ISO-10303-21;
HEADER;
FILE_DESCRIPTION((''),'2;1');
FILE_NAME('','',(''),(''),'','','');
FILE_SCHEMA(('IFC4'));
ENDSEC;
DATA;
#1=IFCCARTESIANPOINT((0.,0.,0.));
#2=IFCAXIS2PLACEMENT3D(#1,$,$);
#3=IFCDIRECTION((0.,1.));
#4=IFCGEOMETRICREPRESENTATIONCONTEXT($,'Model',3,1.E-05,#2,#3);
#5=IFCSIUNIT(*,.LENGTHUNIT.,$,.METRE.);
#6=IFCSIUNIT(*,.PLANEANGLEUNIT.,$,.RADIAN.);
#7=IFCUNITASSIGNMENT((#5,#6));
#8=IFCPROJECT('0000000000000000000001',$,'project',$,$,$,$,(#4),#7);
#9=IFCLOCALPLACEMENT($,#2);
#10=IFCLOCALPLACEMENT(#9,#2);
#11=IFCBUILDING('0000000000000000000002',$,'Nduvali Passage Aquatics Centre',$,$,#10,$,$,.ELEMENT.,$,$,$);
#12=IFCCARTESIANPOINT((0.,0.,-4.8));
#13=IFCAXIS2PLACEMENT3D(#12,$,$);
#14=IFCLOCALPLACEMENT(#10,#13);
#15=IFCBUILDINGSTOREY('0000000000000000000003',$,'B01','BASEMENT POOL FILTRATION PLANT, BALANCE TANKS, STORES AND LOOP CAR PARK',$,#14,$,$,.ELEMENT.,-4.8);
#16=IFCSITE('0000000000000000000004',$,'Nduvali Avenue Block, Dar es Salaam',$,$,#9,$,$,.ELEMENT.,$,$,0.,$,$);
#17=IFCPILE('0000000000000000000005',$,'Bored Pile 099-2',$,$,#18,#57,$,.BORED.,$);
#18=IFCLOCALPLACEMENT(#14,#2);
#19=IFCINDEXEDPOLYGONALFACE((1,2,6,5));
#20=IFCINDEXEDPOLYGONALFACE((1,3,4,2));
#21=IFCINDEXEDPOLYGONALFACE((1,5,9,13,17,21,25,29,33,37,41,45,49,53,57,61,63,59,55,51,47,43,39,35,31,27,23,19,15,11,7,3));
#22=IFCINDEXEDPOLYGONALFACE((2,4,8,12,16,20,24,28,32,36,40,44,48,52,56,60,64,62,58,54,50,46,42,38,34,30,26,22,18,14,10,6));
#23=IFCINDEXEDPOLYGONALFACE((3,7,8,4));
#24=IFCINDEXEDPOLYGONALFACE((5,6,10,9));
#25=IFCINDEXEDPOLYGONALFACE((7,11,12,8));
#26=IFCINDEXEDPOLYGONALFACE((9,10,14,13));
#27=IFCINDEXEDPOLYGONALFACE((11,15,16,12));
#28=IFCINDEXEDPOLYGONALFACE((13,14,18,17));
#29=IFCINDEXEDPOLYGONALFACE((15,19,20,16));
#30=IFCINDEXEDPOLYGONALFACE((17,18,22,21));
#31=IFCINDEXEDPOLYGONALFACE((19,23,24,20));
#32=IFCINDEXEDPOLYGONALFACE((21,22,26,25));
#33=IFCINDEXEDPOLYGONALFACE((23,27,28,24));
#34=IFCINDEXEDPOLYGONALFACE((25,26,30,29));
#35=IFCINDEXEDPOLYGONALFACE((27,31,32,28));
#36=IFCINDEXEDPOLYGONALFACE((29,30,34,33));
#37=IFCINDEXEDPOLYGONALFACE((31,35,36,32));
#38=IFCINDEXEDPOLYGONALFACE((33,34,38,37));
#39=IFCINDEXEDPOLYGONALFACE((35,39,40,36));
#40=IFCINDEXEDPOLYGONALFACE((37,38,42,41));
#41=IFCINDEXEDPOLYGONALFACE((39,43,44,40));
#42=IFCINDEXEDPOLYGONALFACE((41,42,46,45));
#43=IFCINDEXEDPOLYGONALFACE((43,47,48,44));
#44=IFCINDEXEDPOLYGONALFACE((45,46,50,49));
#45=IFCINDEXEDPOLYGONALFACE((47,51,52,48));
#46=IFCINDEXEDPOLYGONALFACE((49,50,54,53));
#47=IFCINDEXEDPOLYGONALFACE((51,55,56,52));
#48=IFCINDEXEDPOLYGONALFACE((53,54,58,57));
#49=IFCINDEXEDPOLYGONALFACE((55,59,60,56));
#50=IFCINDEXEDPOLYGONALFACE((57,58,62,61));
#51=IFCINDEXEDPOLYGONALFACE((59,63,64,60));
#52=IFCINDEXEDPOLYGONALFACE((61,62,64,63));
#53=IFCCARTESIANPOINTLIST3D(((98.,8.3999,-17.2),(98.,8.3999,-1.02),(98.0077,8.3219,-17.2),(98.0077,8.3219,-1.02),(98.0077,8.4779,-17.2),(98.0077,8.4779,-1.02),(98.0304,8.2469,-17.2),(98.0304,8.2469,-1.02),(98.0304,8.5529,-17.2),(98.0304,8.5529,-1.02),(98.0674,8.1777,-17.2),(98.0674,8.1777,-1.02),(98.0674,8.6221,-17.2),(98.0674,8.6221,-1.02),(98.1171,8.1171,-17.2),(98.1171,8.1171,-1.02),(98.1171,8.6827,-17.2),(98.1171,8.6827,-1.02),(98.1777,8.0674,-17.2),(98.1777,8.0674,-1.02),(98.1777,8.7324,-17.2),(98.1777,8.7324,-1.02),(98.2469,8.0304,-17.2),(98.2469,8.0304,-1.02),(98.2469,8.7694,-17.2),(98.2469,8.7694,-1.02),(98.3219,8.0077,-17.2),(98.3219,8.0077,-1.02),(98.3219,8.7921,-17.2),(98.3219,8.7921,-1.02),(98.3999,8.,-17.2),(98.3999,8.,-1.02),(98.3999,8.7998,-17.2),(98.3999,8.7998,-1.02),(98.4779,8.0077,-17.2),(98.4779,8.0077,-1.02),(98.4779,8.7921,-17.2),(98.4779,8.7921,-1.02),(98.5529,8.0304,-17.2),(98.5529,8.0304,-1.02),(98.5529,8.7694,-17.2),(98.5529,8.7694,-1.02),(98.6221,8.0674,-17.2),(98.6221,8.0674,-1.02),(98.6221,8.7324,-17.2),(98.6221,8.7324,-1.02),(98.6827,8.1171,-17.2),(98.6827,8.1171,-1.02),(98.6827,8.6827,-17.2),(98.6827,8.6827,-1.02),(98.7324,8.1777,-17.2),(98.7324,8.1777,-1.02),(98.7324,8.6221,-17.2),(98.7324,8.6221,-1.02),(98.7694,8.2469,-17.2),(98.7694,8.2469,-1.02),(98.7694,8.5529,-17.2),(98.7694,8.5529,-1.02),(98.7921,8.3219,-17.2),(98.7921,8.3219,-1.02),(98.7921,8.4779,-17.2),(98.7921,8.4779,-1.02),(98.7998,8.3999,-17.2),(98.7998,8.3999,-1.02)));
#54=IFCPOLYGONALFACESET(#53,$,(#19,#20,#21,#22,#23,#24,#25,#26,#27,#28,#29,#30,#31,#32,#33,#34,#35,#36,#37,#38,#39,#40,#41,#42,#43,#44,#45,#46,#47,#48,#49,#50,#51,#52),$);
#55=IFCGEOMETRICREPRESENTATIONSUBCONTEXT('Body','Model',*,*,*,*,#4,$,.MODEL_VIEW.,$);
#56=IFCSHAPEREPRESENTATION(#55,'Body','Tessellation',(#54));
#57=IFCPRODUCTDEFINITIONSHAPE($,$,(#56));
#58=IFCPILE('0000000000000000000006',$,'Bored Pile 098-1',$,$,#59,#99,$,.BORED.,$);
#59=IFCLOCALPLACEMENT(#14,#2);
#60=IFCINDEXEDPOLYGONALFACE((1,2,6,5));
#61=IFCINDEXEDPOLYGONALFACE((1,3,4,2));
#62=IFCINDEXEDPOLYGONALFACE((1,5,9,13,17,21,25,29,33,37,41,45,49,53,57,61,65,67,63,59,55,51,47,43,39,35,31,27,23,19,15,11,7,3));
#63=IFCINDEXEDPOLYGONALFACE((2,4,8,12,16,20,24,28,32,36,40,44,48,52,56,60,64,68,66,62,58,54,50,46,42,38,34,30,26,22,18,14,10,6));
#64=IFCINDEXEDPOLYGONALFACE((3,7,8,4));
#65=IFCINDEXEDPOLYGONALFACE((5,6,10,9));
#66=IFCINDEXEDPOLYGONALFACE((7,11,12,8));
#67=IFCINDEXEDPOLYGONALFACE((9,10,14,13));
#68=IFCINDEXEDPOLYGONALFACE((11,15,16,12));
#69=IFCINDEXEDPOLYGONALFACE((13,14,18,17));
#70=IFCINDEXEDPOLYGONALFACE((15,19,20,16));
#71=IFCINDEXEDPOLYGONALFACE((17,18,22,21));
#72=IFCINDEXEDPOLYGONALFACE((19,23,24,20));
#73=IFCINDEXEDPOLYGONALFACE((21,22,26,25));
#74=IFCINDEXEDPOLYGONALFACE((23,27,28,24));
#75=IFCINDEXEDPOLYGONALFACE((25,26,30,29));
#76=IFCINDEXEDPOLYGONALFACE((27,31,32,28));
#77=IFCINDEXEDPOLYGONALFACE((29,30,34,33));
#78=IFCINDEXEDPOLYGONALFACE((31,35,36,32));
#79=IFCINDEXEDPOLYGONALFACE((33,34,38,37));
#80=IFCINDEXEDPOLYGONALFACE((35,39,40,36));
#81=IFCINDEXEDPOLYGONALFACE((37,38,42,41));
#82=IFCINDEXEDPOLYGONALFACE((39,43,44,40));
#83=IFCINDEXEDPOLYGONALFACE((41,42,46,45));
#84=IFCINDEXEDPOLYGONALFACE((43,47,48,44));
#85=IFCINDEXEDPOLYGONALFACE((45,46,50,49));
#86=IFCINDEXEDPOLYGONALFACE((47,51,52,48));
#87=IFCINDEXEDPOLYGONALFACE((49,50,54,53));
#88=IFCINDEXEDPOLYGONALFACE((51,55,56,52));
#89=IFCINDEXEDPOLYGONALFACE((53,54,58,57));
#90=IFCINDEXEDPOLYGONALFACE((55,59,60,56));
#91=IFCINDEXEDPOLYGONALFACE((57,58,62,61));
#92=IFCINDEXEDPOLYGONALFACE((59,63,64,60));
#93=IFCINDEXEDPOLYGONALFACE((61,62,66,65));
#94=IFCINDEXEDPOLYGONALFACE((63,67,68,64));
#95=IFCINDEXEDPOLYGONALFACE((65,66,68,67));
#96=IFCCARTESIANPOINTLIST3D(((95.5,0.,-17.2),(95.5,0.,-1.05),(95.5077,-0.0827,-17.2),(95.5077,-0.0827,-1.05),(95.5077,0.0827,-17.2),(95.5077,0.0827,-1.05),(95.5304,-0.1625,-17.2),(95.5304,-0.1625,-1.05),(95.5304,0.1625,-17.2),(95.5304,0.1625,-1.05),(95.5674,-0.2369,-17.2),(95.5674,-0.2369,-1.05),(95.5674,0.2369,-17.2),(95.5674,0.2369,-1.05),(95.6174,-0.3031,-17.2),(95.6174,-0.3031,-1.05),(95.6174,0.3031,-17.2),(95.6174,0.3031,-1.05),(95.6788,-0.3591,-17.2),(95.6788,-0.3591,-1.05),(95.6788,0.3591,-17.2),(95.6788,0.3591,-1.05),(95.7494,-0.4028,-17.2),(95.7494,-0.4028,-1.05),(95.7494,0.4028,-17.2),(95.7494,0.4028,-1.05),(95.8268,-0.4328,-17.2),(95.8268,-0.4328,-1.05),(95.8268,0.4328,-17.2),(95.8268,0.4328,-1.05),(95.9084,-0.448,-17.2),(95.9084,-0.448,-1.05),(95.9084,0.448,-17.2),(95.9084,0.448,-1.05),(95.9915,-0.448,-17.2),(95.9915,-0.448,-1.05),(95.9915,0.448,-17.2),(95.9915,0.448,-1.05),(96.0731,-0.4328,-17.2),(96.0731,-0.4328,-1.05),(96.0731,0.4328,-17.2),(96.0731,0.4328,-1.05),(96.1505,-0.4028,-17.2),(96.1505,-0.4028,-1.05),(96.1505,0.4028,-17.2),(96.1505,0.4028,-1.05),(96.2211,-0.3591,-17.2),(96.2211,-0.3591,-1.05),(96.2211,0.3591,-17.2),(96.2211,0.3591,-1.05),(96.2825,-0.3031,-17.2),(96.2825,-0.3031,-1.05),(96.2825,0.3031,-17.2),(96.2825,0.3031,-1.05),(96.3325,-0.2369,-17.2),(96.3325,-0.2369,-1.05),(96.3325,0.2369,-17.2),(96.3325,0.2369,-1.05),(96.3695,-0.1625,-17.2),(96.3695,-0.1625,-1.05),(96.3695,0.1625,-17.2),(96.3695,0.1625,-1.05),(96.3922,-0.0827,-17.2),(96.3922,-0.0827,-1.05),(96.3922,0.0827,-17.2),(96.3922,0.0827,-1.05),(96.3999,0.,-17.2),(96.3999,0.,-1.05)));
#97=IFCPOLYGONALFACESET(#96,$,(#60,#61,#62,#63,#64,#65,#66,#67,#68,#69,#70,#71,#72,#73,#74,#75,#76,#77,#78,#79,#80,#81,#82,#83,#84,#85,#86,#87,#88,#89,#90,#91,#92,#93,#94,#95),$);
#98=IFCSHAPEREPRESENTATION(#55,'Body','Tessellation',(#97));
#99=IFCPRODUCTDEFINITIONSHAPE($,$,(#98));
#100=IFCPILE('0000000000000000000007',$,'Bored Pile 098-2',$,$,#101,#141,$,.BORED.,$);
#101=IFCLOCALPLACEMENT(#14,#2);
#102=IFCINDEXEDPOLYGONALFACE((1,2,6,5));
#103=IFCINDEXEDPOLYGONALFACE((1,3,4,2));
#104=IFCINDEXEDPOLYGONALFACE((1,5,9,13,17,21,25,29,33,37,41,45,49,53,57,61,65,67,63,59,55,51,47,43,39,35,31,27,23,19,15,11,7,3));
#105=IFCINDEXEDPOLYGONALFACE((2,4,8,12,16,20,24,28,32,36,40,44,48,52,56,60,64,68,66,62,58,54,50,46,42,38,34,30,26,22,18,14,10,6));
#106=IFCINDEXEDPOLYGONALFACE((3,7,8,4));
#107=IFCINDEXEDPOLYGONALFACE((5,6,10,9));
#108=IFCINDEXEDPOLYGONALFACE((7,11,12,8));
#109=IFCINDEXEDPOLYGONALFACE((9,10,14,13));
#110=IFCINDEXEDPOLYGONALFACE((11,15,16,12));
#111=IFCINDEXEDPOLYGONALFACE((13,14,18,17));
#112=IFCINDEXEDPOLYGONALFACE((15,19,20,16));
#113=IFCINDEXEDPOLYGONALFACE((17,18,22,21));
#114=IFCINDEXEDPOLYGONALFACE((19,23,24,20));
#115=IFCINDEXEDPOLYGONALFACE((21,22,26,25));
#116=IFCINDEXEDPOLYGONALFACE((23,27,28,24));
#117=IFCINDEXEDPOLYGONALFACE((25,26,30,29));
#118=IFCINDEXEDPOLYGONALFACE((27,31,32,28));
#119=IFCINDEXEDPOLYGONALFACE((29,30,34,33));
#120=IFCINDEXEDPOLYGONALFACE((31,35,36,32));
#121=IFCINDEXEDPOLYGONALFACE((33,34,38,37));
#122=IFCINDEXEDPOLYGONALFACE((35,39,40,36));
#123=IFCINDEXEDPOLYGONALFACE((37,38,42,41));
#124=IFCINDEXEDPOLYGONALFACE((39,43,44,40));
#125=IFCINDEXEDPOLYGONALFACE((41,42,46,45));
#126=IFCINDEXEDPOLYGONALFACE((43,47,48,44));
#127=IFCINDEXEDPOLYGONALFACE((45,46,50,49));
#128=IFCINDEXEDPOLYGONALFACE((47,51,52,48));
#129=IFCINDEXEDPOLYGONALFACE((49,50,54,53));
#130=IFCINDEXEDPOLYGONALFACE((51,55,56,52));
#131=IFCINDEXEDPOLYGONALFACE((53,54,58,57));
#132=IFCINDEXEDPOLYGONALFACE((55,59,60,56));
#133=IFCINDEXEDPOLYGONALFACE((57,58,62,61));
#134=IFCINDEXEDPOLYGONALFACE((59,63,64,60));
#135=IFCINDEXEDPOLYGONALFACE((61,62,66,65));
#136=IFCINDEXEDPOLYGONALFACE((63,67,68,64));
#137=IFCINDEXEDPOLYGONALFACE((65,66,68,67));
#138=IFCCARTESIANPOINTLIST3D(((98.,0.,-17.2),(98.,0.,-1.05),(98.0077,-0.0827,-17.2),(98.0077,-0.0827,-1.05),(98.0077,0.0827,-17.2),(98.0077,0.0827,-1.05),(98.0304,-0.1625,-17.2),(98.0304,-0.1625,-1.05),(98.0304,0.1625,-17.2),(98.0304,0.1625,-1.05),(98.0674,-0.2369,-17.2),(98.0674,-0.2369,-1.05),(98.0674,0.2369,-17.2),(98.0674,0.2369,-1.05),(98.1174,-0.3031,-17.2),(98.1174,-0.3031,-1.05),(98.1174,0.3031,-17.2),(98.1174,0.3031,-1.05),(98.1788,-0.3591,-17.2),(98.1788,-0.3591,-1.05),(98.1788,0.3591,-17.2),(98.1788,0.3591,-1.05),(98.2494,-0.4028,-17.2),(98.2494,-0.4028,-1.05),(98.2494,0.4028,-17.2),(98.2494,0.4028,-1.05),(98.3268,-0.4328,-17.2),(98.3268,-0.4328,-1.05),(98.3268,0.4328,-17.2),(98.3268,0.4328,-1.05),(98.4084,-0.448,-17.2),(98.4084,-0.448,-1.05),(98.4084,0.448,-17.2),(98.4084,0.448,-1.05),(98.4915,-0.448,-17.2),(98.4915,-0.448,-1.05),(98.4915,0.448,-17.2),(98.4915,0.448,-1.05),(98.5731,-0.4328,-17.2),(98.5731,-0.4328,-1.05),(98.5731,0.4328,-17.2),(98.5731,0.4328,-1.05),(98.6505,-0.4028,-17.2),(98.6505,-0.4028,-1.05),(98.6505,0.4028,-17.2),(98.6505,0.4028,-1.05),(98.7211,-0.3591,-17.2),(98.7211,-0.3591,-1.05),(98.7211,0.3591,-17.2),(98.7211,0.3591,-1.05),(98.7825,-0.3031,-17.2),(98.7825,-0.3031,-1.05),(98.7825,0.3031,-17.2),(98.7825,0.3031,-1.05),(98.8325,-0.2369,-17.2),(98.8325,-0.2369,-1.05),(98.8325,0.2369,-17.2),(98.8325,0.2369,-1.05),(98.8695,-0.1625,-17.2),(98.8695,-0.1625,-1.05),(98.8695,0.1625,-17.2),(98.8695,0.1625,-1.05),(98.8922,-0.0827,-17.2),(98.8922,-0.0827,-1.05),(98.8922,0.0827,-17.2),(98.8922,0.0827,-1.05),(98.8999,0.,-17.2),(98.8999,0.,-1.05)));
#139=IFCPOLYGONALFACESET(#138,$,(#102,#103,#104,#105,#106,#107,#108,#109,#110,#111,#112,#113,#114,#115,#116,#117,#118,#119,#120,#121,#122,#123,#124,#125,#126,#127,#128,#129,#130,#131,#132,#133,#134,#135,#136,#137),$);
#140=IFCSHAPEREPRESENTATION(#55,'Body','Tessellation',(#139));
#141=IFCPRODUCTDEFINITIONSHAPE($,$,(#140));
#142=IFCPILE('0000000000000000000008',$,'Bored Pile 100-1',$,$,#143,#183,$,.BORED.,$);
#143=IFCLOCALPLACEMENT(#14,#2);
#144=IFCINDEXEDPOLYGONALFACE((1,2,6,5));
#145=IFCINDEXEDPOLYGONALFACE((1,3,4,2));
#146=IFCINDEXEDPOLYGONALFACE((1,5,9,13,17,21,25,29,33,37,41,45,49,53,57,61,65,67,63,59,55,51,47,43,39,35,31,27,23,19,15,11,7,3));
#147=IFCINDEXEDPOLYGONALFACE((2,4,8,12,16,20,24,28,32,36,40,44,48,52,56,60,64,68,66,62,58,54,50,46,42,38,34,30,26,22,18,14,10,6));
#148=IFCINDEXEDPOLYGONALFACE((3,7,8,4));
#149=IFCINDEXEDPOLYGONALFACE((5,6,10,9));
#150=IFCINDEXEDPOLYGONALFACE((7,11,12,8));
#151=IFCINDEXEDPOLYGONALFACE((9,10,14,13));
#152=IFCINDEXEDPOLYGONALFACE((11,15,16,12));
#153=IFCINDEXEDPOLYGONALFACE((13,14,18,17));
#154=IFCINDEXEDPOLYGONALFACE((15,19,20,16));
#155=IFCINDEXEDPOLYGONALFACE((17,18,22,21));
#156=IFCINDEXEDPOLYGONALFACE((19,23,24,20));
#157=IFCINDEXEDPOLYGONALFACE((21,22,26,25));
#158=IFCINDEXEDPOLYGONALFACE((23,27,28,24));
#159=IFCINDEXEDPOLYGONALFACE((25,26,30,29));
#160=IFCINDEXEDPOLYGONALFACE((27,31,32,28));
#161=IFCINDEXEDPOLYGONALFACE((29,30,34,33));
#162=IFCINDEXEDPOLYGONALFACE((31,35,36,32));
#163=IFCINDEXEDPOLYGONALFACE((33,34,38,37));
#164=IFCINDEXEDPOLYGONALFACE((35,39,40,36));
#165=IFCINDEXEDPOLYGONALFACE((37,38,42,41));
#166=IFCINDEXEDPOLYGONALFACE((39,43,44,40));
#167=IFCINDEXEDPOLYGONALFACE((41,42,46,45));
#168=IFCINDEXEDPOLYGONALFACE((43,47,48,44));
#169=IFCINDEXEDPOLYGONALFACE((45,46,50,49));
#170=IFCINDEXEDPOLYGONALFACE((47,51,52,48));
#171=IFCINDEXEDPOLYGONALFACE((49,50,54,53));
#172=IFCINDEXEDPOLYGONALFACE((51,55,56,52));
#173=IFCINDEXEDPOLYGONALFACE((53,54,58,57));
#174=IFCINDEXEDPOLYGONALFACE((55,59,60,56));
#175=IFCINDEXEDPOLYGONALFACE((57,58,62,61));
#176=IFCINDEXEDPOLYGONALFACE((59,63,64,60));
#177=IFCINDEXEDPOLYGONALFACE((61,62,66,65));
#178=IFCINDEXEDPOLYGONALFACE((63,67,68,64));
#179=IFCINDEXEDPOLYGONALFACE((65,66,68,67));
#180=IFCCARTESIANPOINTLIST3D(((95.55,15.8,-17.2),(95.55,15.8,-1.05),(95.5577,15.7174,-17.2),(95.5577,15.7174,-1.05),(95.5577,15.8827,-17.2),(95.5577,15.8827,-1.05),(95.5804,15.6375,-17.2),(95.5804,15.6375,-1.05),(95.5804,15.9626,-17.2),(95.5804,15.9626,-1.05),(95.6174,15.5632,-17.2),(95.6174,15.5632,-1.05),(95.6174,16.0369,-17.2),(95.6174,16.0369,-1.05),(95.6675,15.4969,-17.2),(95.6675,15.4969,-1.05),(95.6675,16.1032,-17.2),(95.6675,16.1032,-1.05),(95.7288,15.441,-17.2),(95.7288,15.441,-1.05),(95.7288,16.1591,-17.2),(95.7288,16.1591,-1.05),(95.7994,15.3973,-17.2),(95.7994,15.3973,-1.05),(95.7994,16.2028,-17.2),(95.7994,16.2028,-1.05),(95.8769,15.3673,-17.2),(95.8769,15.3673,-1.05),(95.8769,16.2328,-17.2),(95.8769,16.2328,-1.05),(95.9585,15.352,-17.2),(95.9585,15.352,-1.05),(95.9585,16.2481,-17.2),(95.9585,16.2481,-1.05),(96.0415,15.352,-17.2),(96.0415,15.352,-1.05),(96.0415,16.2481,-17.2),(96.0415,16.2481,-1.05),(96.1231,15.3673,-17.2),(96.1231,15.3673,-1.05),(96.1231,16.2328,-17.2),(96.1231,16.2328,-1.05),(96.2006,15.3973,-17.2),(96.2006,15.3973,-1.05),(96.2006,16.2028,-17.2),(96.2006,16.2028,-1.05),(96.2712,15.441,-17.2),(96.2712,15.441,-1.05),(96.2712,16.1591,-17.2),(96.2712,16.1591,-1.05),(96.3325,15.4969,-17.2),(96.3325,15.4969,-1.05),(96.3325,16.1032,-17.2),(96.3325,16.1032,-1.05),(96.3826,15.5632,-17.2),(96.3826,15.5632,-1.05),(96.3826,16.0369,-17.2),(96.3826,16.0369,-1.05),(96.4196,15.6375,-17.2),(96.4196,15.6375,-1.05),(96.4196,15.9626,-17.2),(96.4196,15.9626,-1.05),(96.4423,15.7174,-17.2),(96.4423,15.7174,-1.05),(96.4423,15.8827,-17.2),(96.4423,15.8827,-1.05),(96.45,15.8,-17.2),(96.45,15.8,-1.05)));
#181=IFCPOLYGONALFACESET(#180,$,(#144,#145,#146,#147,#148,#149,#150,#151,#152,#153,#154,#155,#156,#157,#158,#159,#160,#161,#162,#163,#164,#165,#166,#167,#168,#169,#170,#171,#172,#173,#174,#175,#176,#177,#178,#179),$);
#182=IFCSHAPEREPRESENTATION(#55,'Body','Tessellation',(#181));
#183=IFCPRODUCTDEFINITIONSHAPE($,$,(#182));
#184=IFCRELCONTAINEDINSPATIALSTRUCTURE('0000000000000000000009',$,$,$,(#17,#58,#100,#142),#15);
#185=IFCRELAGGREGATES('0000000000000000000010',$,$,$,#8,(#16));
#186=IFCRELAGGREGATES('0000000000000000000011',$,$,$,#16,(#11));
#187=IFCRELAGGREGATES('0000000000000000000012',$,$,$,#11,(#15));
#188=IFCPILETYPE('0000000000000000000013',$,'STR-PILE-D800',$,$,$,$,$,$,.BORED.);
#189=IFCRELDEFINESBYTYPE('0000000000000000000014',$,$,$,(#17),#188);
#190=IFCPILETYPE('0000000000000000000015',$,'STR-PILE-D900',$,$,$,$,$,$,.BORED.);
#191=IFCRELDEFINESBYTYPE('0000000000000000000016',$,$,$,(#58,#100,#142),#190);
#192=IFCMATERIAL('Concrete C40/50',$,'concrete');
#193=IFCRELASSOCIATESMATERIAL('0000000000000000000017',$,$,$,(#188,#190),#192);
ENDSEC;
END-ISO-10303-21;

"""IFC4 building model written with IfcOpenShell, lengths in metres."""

from ifc_helpers import new_model, si_unit, direction, frame, origin, origin_2d, place, context, subcontext, project, spatial, circle, extrude, material, material_profile, profile_set, type_object, element, save


model = new_model("IFC4")

# Units and contexts
model_context = context("Model", 3, precision=1e-05, world=origin(), true_north=direction((0.0, 1.0)))
body_context = subcontext(model_context, "Body", "Model", "MODEL_VIEW")
ifc_project = project(units=[si_unit("LENGTHUNIT", "METRE"), si_unit("PLANEANGLEUNIT", "RADIAN")], contexts=[model_context])

# Site, building, storey
site_placement = place(None, origin())
site = spatial("IfcSite", under=ifc_project, at=site_placement, Name="Nduvali Avenue Block, Dar es Salaam", CompositionType="ELEMENT", RefElevation=0.0)
building_placement = place(site_placement, origin())
building = spatial("IfcBuilding", under=site, at=building_placement, Name="Nduvali Passage Aquatics Centre", CompositionType="ELEMENT")
storey_placement = place(building_placement, frame((0.0, 0.0, -4.8)))
storey = spatial("IfcBuildingStorey", under=building, at=storey_placement, Name="B01", Description="BASEMENT POOL FILTRATION PLANT, BALANCE TANKS, STORES AND LOOP CAR PARK", CompositionType="ELEMENT", Elevation=-4.8)

# Shared definitions
ifc_material = material(Name="Concrete C40/50", Category="concrete")

# Piles
ifc_material_profile_1 = material_profile(ifc_material, circle(Radius=0.3999, at=origin_2d()), Name="PILE D800")
ifc_profile_set_1 = profile_set([ifc_material_profile_1], Name="Concrete C40/50")
pile_type_1 = type_object("IfcPileType", Name="STR-PILE-D800", PredefinedType="BORED", material=ifc_profile_set_1)
for number, where, z_axis, x_axis, name in (
    (1, (98.3999, 8.3999, -1.02), (0.0, 0.0, -1.0), (1.0, 0.0, 0.0), "Bored Pile 099-2"),
):
    element("IfcPile", number, at=place(storey_placement, frame(where, z_axis=z_axis, x_axis=x_axis)), inside=storey, type_object=pile_type_1, Name=name, PredefinedType="BORED", context=body_context, shape_type="SweptSolid", body=[
        extrude(circle(Radius=0.3999, at=origin_2d()), origin(), (0.0, 0.0, 1.0), 16.1799),
    ])
ifc_material_profile_2 = material_profile(ifc_material, circle(Radius=0.45, at=origin_2d()), Name="PILE D900")
ifc_profile_set_2 = profile_set([ifc_material_profile_2], Name="Concrete C40/50")
pile_type_2 = type_object("IfcPileType", Name="STR-PILE-D900", PredefinedType="BORED", material=ifc_profile_set_2)
for number, where, z_axis, x_axis, name in (
    (2, (95.95, 0.0, -1.05), (0.0, 0.0, -1.0), (1.0, 0.0, 0.0), "Bored Pile 098-1"),
    (3, (98.45, 0.0, -1.05), (0.0, 0.0, -1.0), (1.0, 0.0, 0.0), "Bored Pile 098-2"),
    (4, (96.0, 15.8, -1.05), (0.0, 0.0, -1.0), (1.0, 0.0, 0.0), "Bored Pile 100-1"),
):
    element("IfcPile", number, at=place(storey_placement, frame(where, z_axis=z_axis, x_axis=x_axis)), inside=storey, type_object=pile_type_2, Name=name, PredefinedType="BORED", context=body_context, shape_type="SweptSolid", body=[
        extrude(circle(Radius=0.45, at=origin_2d()), origin(), (0.0, 0.0, 1.0), 16.1499),
    ])

save(model, "model.ifc")
